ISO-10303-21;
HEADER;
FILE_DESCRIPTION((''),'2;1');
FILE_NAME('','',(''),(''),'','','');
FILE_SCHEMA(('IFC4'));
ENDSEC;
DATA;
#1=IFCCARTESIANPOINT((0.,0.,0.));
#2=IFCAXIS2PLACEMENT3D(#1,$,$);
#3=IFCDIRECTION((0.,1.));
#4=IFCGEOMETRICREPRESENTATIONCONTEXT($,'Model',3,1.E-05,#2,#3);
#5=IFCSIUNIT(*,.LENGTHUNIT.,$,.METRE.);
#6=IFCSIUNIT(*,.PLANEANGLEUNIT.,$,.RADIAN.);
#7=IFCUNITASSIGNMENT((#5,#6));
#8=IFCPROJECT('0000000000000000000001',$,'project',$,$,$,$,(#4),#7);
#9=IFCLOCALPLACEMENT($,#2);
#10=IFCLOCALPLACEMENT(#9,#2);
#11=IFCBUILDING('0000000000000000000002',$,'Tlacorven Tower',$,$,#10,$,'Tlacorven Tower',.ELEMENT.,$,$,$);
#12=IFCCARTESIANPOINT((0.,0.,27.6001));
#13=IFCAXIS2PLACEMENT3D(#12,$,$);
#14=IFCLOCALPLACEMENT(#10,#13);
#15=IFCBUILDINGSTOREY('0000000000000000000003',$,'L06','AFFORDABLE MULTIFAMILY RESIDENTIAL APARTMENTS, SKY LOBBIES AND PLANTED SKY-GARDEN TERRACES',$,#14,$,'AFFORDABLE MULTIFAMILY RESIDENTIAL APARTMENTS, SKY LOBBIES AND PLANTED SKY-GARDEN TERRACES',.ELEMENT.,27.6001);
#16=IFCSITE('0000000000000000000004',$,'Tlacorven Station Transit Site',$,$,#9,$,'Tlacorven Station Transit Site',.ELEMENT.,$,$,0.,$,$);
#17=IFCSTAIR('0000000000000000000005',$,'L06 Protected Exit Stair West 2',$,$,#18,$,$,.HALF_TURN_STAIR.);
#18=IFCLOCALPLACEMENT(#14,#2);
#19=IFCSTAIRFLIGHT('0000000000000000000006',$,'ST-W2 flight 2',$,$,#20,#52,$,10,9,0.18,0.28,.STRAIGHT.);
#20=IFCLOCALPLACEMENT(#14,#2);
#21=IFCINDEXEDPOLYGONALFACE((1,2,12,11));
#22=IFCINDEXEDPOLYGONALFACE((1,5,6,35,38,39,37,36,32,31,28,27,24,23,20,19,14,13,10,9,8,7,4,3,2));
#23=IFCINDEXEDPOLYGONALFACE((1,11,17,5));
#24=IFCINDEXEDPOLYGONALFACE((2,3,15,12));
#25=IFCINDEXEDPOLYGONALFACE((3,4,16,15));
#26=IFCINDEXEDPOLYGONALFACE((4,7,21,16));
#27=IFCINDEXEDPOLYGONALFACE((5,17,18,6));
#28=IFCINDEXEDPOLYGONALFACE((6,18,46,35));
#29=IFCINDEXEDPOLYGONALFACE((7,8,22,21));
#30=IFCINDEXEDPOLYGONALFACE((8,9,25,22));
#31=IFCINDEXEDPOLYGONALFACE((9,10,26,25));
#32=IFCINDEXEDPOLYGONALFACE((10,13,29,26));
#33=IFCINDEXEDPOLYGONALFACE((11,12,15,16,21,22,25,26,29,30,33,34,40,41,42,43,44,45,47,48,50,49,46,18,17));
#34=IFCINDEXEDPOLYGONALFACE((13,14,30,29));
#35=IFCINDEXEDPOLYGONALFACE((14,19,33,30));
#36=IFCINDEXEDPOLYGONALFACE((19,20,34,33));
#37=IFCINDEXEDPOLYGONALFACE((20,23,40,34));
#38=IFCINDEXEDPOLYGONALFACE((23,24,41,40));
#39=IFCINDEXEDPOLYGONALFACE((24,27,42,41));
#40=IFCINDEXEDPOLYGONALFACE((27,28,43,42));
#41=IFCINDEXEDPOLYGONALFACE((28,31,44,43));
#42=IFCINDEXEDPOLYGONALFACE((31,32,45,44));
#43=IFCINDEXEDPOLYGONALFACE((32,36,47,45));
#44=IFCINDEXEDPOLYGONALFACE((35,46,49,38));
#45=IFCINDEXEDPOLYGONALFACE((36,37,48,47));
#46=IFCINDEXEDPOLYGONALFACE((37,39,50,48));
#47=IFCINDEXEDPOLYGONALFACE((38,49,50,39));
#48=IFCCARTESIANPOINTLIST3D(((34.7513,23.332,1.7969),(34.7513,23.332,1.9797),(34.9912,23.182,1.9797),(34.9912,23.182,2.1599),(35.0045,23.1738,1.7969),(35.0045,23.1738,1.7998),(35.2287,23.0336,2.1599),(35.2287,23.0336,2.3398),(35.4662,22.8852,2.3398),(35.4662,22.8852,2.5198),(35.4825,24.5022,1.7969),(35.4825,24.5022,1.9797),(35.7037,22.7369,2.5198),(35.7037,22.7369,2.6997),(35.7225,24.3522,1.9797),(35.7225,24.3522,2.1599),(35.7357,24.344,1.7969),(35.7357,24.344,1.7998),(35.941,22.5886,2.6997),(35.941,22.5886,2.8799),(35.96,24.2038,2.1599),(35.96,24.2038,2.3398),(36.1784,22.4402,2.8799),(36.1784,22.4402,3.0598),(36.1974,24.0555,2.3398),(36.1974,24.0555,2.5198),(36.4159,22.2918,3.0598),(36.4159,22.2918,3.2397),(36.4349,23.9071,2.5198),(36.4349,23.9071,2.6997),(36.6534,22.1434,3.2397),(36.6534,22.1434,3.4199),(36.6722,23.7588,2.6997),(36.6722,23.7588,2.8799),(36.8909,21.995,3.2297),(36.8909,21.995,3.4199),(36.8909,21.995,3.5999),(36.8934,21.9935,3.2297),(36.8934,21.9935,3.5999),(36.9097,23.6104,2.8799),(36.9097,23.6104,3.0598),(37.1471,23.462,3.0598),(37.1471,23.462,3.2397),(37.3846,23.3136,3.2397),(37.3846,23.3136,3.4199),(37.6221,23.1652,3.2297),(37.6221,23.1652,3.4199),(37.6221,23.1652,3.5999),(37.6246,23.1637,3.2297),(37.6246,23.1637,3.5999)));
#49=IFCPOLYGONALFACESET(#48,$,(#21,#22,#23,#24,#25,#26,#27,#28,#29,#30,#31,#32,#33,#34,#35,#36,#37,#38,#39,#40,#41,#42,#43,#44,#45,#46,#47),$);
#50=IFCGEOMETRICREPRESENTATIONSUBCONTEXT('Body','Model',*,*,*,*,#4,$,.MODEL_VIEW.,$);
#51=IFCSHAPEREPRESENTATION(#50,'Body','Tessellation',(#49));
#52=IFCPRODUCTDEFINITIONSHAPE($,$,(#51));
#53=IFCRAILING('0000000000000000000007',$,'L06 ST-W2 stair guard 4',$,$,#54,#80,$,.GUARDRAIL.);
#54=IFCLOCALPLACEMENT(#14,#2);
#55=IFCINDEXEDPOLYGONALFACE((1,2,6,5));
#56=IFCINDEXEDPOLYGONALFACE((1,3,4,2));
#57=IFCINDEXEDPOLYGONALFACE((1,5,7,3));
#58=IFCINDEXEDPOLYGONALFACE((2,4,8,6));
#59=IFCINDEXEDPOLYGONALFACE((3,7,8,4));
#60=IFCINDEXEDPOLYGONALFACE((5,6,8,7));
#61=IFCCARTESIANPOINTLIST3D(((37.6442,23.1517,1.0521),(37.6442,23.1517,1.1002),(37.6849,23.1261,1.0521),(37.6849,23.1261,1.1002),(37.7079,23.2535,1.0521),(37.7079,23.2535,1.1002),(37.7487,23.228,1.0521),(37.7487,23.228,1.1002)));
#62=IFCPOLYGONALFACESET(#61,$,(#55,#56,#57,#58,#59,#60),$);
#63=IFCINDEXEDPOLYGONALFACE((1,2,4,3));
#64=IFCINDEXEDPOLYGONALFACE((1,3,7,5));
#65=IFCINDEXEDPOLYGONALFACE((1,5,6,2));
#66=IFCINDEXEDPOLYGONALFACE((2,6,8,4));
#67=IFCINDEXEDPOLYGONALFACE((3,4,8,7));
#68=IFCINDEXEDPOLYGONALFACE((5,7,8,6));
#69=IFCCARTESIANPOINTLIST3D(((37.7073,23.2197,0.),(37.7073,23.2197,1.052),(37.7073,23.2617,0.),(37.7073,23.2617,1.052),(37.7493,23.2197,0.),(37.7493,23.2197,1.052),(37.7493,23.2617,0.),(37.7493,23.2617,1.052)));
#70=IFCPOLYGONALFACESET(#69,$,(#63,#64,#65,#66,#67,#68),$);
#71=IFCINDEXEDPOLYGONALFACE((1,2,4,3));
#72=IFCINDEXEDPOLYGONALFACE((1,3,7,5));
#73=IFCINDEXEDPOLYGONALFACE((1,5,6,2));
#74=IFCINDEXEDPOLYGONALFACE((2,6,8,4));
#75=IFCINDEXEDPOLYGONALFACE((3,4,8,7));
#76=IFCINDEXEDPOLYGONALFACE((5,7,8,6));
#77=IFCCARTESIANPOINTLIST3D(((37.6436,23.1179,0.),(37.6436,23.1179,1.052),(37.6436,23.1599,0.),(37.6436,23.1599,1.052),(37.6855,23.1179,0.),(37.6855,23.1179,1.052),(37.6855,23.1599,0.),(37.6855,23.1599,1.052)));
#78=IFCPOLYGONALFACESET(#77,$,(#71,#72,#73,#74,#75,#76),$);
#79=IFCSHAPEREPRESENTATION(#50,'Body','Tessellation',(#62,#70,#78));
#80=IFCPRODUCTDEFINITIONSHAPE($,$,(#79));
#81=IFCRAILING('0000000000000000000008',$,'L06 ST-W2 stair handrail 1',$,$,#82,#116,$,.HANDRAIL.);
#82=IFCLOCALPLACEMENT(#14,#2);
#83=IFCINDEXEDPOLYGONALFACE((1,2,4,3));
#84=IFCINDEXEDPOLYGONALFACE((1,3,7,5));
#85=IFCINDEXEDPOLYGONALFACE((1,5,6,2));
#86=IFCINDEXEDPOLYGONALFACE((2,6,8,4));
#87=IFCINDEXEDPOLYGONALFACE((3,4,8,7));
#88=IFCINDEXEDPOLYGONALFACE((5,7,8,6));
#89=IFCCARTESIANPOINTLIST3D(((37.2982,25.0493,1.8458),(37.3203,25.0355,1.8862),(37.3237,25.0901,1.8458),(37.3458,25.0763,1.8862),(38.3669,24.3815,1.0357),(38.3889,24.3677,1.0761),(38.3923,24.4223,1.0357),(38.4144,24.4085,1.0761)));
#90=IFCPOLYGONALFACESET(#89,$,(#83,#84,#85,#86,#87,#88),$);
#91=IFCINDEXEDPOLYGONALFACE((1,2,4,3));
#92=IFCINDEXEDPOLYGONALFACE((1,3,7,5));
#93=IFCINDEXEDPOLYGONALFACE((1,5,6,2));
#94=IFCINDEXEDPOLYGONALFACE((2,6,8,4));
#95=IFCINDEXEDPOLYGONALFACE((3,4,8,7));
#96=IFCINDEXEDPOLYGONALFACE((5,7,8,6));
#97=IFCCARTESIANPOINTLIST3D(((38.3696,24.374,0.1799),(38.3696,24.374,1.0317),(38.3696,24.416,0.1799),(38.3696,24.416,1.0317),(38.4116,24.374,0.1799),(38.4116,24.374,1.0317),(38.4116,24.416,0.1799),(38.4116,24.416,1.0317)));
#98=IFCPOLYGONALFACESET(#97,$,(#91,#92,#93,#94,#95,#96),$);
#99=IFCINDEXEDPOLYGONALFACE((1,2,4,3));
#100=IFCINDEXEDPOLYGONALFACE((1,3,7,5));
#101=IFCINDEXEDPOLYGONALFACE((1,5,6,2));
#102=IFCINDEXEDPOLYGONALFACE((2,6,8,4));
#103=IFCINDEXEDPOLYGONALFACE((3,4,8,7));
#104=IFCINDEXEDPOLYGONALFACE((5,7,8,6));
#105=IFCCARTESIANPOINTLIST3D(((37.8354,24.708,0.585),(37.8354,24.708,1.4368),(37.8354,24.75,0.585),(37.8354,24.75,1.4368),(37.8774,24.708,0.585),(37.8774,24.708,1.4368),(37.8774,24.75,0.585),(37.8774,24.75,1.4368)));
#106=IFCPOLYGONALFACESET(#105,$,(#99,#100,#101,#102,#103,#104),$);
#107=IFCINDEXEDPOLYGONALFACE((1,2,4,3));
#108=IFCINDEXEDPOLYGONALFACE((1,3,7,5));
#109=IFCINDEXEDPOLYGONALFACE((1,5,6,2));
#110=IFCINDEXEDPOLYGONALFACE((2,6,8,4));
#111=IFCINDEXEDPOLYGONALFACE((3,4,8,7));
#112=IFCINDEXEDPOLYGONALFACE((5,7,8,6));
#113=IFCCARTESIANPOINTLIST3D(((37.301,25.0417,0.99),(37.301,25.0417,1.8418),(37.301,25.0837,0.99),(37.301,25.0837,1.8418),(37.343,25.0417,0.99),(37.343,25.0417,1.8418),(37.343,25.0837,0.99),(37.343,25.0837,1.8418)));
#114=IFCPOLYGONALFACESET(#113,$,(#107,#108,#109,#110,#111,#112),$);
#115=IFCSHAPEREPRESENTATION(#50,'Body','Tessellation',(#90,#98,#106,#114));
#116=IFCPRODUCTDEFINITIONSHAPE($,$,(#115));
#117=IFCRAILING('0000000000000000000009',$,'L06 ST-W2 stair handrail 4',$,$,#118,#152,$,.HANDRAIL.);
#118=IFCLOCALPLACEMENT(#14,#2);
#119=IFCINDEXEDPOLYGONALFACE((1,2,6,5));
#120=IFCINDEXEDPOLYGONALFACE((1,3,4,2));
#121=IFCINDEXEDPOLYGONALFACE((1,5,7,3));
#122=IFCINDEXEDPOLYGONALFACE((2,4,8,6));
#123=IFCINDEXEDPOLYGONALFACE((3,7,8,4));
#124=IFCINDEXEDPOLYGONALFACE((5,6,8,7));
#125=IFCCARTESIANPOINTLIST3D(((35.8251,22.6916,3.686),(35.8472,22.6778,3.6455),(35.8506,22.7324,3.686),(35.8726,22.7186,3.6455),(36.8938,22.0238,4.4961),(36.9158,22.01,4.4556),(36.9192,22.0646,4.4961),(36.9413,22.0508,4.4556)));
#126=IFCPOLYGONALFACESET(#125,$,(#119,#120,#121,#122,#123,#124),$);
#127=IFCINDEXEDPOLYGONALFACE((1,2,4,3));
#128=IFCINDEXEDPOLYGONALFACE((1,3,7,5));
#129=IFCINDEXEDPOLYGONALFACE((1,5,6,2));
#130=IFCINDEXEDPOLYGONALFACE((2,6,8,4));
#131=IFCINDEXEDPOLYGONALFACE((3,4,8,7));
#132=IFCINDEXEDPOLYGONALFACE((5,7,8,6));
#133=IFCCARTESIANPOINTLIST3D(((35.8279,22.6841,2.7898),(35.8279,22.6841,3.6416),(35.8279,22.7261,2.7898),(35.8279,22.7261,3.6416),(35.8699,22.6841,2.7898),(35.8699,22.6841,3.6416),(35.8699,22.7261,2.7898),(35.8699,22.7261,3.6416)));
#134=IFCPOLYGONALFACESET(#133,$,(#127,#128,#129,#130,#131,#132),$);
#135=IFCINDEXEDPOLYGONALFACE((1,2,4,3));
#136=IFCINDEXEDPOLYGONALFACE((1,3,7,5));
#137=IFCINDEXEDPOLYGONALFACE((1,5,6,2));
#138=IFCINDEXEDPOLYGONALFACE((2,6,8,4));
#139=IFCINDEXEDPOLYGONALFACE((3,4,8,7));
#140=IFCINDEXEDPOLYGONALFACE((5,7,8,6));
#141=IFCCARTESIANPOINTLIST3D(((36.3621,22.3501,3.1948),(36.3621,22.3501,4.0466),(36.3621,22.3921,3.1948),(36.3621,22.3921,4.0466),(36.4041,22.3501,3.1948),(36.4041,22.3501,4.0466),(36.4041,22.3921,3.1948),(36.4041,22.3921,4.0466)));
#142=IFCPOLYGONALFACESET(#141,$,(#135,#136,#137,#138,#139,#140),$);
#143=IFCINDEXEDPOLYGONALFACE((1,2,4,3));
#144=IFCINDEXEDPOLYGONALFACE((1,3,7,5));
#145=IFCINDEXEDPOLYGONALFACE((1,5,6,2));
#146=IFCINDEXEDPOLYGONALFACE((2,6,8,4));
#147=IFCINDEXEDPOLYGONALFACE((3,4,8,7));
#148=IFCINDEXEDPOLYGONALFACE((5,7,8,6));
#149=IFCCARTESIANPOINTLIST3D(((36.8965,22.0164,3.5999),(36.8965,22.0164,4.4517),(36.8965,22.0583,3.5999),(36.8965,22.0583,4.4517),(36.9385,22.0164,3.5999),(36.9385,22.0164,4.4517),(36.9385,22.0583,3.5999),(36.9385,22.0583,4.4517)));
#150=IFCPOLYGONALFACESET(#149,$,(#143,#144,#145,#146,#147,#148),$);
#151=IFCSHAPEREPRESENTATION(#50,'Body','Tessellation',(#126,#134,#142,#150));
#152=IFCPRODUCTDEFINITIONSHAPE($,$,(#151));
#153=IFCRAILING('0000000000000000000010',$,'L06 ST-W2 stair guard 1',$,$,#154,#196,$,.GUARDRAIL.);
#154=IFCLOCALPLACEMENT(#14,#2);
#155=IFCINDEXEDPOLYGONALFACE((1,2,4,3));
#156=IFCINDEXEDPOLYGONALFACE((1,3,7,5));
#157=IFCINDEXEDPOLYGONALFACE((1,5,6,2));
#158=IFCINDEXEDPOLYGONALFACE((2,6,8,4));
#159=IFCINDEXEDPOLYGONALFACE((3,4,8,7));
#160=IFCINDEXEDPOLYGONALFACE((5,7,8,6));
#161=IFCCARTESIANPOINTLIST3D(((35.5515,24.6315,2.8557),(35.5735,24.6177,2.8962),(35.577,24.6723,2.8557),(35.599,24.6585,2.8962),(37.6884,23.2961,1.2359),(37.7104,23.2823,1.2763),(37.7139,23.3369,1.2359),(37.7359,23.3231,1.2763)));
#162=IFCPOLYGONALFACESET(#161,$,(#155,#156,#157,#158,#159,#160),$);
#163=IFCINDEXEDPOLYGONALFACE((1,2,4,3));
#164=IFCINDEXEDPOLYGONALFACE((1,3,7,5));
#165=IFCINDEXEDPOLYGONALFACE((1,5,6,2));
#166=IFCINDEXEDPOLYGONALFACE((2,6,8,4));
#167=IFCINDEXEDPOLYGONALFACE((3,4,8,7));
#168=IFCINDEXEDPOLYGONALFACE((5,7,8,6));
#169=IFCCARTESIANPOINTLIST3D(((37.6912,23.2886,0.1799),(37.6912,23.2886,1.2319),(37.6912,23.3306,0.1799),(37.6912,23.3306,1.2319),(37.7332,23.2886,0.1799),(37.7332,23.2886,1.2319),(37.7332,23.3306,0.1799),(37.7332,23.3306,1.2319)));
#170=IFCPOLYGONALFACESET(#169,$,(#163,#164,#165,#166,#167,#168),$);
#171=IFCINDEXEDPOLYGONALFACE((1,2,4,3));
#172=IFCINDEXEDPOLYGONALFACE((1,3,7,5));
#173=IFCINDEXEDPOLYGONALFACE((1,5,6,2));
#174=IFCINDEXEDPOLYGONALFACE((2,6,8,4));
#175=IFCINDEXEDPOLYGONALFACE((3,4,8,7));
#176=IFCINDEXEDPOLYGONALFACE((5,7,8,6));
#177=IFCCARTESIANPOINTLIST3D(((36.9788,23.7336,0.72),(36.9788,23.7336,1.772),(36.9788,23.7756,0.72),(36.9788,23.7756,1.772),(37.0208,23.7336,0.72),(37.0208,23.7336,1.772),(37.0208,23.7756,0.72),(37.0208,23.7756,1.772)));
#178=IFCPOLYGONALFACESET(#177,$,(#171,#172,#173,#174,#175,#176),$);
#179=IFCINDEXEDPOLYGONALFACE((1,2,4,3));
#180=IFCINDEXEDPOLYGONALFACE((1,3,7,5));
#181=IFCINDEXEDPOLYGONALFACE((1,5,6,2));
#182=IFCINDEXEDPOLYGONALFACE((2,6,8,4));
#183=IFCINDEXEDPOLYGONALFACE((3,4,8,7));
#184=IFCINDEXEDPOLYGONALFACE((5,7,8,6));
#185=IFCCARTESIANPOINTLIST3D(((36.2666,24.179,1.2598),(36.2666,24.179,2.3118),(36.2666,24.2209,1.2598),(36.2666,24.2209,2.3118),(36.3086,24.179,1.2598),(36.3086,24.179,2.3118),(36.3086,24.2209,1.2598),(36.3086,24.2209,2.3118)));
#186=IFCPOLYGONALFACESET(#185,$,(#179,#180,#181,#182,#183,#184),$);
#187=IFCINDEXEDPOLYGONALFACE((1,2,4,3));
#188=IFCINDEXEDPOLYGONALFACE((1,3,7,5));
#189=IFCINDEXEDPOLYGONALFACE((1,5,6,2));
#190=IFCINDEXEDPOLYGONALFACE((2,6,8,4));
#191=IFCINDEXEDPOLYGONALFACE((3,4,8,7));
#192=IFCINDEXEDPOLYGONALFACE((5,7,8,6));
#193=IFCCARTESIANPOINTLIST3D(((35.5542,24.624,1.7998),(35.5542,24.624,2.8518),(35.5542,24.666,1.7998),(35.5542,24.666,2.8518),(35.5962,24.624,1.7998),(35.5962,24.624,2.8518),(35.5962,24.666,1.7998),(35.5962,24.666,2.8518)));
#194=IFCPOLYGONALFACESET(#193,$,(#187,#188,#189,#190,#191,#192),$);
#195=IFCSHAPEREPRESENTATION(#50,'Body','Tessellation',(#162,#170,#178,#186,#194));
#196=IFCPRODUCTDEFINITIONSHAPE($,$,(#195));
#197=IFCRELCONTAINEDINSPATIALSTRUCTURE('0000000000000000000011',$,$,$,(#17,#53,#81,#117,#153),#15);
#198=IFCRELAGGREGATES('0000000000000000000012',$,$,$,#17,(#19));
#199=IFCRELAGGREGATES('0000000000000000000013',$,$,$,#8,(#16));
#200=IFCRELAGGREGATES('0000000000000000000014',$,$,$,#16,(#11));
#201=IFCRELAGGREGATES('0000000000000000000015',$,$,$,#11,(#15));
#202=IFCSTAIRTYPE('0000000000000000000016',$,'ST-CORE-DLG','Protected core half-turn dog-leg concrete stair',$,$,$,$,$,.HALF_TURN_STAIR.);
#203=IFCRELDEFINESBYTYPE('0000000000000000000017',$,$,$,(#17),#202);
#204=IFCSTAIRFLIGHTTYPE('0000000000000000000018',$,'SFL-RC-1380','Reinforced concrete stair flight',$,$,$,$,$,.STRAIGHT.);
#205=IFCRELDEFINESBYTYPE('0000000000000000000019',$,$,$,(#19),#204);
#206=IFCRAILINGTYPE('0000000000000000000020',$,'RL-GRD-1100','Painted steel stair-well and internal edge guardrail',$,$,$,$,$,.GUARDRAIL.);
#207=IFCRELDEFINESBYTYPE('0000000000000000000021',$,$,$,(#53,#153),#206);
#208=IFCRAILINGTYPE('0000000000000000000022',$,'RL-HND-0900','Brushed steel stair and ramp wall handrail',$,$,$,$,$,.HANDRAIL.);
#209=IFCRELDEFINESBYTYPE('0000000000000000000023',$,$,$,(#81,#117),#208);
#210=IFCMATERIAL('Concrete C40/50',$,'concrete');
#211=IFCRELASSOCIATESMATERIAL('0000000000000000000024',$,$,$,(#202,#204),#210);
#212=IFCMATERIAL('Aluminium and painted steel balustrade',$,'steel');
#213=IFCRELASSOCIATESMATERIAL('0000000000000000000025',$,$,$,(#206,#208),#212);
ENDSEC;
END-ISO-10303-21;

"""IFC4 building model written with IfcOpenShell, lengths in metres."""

from ifc_helpers import new_model, si_unit, direction, frame, origin, origin_2d, place, context, subcontext, project, spatial, polyline, rectangle, outline, extrude, source, transform, mapped, material, type_object, element, aggregate, save


model = new_model("IFC4")

# Units and contexts
model_context = context("Model", 3, precision=1e-05, world=origin(), true_north=direction((0.0, 1.0)))
body_context = subcontext(model_context, "Body", "Model", "MODEL_VIEW")
ifc_project = project(units=[si_unit("LENGTHUNIT", "METRE"), si_unit("PLANEANGLEUNIT", "RADIAN")], contexts=[model_context])

# Site, building, storey
site_placement = place(None, origin())
site = spatial("IfcSite", under=ifc_project, at=site_placement, Name="Tlacorven Station Transit Site", LongName="Tlacorven Station Transit Site", CompositionType="ELEMENT", RefElevation=0.0)
building_placement = place(site_placement, origin())
building = spatial("IfcBuilding", under=site, at=building_placement, Name="Tlacorven Tower", LongName="Tlacorven Tower", CompositionType="ELEMENT")
storey_placement = place(building_placement, frame((0.0, 0.0, 27.6001)))
storey = spatial("IfcBuildingStorey", under=building, at=storey_placement, Name="L06", Description="AFFORDABLE MULTIFAMILY RESIDENTIAL APARTMENTS, SKY LOBBIES AND PLANTED SKY-GARDEN TERRACES", LongName="AFFORDABLE MULTIFAMILY RESIDENTIAL APARTMENTS, SKY LOBBIES AND PLANTED SKY-GARDEN TERRACES", CompositionType="ELEMENT", Elevation=27.6001)

# Shared definitions
ifc_material_1 = material(Name="Concrete C40/50", Category="concrete")

# Stair, stair flight
stair_type = type_object("IfcStairType", Name="ST-CORE-DLG", Description="Protected core half-turn dog-leg concrete stair", PredefinedType="HALF_TURN_STAIR", material=ifc_material_1)
stair_placement = place(storey_placement, origin())
stair = element("IfcStair", 1, at=stair_placement, inside=storey, type_object=stair_type, Name="L06 Protected Exit Stair West 2", PredefinedType="HALF_TURN_STAIR")
stair_flight_type = type_object("IfcStairFlightType", Name="SFL-RC-1380", Description="Reinforced concrete stair flight", PredefinedType="STRAIGHT", material=ifc_material_1)
shared_shape_1 = source(origin(), body_context, "Body", "SweptSolid", [
    extrude(outline(polyline([(-0.0029, -0.0029), (-0.0029, 0.1799), (0.28, 0.1799), (0.28, 0.3601), (0.5601, 0.3601), (0.5601, 0.54), (0.8401, 0.54), (0.8401, 0.72), (1.1201, 0.72), (1.1201, 0.8999), (1.3999, 0.8999), (1.3999, 1.0801), (1.6799, 1.0801), (1.6799, 1.26), (1.96, 1.26), (1.96, 1.4399), (2.24, 1.4399), (2.24, 1.6201), (2.52, 1.6201), (2.52, 1.8), (2.5229, 1.8), (2.5229, 1.4299), (2.52, 1.4299), (0.2957, 0.0), (0.2957, -0.0029), (-0.0029, -0.0029)])), frame((0.0, 0.6899, 0.0), z_axis=(0.0, -1.0, 0.0), x_axis=(1.0, 0.0, 0.0)), (0.0, 0.0, 1.0), 1.3799),
])
stair_flight_1_placement = place(storey_placement, frame((35.1194, 23.9155, 1.7998), z_axis=(0.0, 0.0, 1.0), x_axis=(0.848048, -0.529919, 0.0)))
stair_flight_1 = element("IfcStairFlight", 2, at=stair_flight_1_placement, type_object=stair_flight_type, Name="ST-W2 flight 2", NumberOfRisers=10, NumberOfTreads=9, PredefinedType="STRAIGHT", RiserHeight=0.18, TreadLength=0.28, context=body_context, shape_type="MappedRepresentation", body=[
    mapped(shared_shape_1, transform((0.0, 0.0, 0.0), scale=1.0)),
])
aggregate(stair, [stair_flight_1])

# Railings
ifc_material_2 = material(Name="Aluminium and painted steel balustrade", Category="steel")
railing_type_1 = type_object("IfcRailingType", Name="RL-GRD-1100", Description="Painted steel stair-well and internal edge guardrail", PredefinedType="GUARDRAIL", material=ifc_material_2)
shared_shape_2 = source(origin(), body_context, "Body", "SweptSolid", [
    extrude(rectangle(XDim=0.0481, YDim=0.0481, at=origin_2d()), frame((0.0, 0.0, 1.0762), z_axis=(-0.530547, -0.847656, 0.0), x_axis=(0.847656, -0.530547, 0.0)), (0.0, 0.0, 1.0), 0.1201),
    extrude(rectangle(XDim=0.042, YDim=0.042, at=origin_2d()), origin(), (0.0, 0.0, 1.0), 1.052),
    extrude(rectangle(XDim=0.042, YDim=0.042, at=origin_2d()), frame((-0.0637, -0.1018, 0.0)), (0.0, 0.0, 1.0), 1.052),
])
railing_1_placement = place(storey_placement, frame((37.7283, 23.2407, 0.0)))
element("IfcRailing", 3, at=railing_1_placement, inside=storey, type_object=railing_type_1, Name="L06 ST-W2 stair guard 4", PredefinedType="GUARDRAIL", context=body_context, shape_type="MappedRepresentation", body=[
    mapped(shared_shape_2, transform((0.0, 0.0, 0.0), scale=1.0)),
])
railing_type_2 = type_object("IfcRailingType", Name="RL-HND-0900", Description="Brushed steel stair and ramp wall handrail", PredefinedType="HANDRAIL", material=ifc_material_2)
shared_shape_3 = source(origin(), body_context, "Body", "SweptSolid", [
    extrude(rectangle(XDim=0.0481, YDim=0.0481, at=origin_2d()), frame((0.0, 0.0, 0.876), z_axis=(-0.71336, 0.445748, 0.540765), x_axis=(-0.529912, -0.848053, 0.0)), (0.0, 0.0, 1.0), 1.498),
    extrude(rectangle(XDim=0.042, YDim=0.042, at=origin_2d()), origin(), (0.0, 0.0, 1.0), 0.8518),
    extrude(rectangle(XDim=0.042, YDim=0.042, at=origin_2d()), frame((-0.5342, 0.334, 0.405)), (0.0, 0.0, 1.0), 0.8518),
    extrude(rectangle(XDim=0.042, YDim=0.042, at=origin_2d()), frame((-1.0686, 0.6677, 0.8101)), (0.0, 0.0, 1.0), 0.8518),
])
railing_2_placement = place(storey_placement, frame((38.3906, 24.395, 0.1799)))
element("IfcRailing", 4, at=railing_2_placement, inside=storey, type_object=railing_type_2, Name="L06 ST-W2 stair handrail 1", PredefinedType="HANDRAIL", context=body_context, shape_type="MappedRepresentation", body=[
    mapped(shared_shape_3, transform((0.0, 0.0, 0.0), scale=1.0)),
])
shared_shape_4 = source(origin(), body_context, "Body", "SweptSolid", [
    extrude(rectangle(XDim=0.0481, YDim=0.0481, at=origin_2d()), frame((0.0, 0.0, 0.876), z_axis=(0.71336, -0.445748, 0.540765), x_axis=(0.529912, 0.848053, 0.0)), (0.0, 0.0, 1.0), 1.498),
    extrude(rectangle(XDim=0.042, YDim=0.042, at=origin_2d()), origin(), (0.0, 0.0, 1.0), 0.8518),
    extrude(rectangle(XDim=0.042, YDim=0.042, at=origin_2d()), frame((0.5342, -0.334, 0.405)), (0.0, 0.0, 1.0), 0.8518),
    extrude(rectangle(XDim=0.042, YDim=0.042, at=origin_2d()), frame((1.0686, -0.6677, 0.8101)), (0.0, 0.0, 1.0), 0.8518),
])
railing_3_placement = place(storey_placement, frame((35.8489, 22.7051, 2.7898)))
element("IfcRailing", 5, at=railing_3_placement, inside=storey, type_object=railing_type_2, Name="L06 ST-W2 stair handrail 4", PredefinedType="HANDRAIL", context=body_context, shape_type="MappedRepresentation", body=[
    mapped(shared_shape_4, transform((0.0, 0.0, 0.0), scale=1.0)),
])
shared_shape_5 = source(origin(), body_context, "Body", "SweptSolid", [
    extrude(rectangle(XDim=0.0481, YDim=0.0481, at=origin_2d()), frame((0.0, 0.0, 1.0762), z_axis=(-0.713351, 0.445794, 0.540739), x_axis=(-0.529955, -0.848026, 0.0)), (0.0, 0.0, 1.0), 2.9956),
    extrude(rectangle(XDim=0.042, YDim=0.042, at=origin_2d()), origin(), (0.0, 0.0, 1.0), 1.052),
    extrude(rectangle(XDim=0.042, YDim=0.042, at=origin_2d()), frame((-0.7124, 0.4451, 0.54)), (0.0, 0.0, 1.0), 1.052),
    extrude(rectangle(XDim=0.042, YDim=0.042, at=origin_2d()), frame((-1.4246, 0.8904, 1.0798)), (0.0, 0.0, 1.0), 1.052),
    extrude(rectangle(XDim=0.042, YDim=0.042, at=origin_2d()), frame((-2.137, 1.3354, 1.6199)), (0.0, 0.0, 1.0), 1.052),
])
railing_4_placement = place(storey_placement, frame((37.7122, 23.3096, 0.1799)))
element("IfcRailing", 6, at=railing_4_placement, inside=storey, type_object=railing_type_1, Name="L06 ST-W2 stair guard 1", PredefinedType="GUARDRAIL", context=body_context, shape_type="MappedRepresentation", body=[
    mapped(shared_shape_5, transform((0.0, 0.0, 0.0), scale=1.0)),
])

save(model, "model.ifc")
